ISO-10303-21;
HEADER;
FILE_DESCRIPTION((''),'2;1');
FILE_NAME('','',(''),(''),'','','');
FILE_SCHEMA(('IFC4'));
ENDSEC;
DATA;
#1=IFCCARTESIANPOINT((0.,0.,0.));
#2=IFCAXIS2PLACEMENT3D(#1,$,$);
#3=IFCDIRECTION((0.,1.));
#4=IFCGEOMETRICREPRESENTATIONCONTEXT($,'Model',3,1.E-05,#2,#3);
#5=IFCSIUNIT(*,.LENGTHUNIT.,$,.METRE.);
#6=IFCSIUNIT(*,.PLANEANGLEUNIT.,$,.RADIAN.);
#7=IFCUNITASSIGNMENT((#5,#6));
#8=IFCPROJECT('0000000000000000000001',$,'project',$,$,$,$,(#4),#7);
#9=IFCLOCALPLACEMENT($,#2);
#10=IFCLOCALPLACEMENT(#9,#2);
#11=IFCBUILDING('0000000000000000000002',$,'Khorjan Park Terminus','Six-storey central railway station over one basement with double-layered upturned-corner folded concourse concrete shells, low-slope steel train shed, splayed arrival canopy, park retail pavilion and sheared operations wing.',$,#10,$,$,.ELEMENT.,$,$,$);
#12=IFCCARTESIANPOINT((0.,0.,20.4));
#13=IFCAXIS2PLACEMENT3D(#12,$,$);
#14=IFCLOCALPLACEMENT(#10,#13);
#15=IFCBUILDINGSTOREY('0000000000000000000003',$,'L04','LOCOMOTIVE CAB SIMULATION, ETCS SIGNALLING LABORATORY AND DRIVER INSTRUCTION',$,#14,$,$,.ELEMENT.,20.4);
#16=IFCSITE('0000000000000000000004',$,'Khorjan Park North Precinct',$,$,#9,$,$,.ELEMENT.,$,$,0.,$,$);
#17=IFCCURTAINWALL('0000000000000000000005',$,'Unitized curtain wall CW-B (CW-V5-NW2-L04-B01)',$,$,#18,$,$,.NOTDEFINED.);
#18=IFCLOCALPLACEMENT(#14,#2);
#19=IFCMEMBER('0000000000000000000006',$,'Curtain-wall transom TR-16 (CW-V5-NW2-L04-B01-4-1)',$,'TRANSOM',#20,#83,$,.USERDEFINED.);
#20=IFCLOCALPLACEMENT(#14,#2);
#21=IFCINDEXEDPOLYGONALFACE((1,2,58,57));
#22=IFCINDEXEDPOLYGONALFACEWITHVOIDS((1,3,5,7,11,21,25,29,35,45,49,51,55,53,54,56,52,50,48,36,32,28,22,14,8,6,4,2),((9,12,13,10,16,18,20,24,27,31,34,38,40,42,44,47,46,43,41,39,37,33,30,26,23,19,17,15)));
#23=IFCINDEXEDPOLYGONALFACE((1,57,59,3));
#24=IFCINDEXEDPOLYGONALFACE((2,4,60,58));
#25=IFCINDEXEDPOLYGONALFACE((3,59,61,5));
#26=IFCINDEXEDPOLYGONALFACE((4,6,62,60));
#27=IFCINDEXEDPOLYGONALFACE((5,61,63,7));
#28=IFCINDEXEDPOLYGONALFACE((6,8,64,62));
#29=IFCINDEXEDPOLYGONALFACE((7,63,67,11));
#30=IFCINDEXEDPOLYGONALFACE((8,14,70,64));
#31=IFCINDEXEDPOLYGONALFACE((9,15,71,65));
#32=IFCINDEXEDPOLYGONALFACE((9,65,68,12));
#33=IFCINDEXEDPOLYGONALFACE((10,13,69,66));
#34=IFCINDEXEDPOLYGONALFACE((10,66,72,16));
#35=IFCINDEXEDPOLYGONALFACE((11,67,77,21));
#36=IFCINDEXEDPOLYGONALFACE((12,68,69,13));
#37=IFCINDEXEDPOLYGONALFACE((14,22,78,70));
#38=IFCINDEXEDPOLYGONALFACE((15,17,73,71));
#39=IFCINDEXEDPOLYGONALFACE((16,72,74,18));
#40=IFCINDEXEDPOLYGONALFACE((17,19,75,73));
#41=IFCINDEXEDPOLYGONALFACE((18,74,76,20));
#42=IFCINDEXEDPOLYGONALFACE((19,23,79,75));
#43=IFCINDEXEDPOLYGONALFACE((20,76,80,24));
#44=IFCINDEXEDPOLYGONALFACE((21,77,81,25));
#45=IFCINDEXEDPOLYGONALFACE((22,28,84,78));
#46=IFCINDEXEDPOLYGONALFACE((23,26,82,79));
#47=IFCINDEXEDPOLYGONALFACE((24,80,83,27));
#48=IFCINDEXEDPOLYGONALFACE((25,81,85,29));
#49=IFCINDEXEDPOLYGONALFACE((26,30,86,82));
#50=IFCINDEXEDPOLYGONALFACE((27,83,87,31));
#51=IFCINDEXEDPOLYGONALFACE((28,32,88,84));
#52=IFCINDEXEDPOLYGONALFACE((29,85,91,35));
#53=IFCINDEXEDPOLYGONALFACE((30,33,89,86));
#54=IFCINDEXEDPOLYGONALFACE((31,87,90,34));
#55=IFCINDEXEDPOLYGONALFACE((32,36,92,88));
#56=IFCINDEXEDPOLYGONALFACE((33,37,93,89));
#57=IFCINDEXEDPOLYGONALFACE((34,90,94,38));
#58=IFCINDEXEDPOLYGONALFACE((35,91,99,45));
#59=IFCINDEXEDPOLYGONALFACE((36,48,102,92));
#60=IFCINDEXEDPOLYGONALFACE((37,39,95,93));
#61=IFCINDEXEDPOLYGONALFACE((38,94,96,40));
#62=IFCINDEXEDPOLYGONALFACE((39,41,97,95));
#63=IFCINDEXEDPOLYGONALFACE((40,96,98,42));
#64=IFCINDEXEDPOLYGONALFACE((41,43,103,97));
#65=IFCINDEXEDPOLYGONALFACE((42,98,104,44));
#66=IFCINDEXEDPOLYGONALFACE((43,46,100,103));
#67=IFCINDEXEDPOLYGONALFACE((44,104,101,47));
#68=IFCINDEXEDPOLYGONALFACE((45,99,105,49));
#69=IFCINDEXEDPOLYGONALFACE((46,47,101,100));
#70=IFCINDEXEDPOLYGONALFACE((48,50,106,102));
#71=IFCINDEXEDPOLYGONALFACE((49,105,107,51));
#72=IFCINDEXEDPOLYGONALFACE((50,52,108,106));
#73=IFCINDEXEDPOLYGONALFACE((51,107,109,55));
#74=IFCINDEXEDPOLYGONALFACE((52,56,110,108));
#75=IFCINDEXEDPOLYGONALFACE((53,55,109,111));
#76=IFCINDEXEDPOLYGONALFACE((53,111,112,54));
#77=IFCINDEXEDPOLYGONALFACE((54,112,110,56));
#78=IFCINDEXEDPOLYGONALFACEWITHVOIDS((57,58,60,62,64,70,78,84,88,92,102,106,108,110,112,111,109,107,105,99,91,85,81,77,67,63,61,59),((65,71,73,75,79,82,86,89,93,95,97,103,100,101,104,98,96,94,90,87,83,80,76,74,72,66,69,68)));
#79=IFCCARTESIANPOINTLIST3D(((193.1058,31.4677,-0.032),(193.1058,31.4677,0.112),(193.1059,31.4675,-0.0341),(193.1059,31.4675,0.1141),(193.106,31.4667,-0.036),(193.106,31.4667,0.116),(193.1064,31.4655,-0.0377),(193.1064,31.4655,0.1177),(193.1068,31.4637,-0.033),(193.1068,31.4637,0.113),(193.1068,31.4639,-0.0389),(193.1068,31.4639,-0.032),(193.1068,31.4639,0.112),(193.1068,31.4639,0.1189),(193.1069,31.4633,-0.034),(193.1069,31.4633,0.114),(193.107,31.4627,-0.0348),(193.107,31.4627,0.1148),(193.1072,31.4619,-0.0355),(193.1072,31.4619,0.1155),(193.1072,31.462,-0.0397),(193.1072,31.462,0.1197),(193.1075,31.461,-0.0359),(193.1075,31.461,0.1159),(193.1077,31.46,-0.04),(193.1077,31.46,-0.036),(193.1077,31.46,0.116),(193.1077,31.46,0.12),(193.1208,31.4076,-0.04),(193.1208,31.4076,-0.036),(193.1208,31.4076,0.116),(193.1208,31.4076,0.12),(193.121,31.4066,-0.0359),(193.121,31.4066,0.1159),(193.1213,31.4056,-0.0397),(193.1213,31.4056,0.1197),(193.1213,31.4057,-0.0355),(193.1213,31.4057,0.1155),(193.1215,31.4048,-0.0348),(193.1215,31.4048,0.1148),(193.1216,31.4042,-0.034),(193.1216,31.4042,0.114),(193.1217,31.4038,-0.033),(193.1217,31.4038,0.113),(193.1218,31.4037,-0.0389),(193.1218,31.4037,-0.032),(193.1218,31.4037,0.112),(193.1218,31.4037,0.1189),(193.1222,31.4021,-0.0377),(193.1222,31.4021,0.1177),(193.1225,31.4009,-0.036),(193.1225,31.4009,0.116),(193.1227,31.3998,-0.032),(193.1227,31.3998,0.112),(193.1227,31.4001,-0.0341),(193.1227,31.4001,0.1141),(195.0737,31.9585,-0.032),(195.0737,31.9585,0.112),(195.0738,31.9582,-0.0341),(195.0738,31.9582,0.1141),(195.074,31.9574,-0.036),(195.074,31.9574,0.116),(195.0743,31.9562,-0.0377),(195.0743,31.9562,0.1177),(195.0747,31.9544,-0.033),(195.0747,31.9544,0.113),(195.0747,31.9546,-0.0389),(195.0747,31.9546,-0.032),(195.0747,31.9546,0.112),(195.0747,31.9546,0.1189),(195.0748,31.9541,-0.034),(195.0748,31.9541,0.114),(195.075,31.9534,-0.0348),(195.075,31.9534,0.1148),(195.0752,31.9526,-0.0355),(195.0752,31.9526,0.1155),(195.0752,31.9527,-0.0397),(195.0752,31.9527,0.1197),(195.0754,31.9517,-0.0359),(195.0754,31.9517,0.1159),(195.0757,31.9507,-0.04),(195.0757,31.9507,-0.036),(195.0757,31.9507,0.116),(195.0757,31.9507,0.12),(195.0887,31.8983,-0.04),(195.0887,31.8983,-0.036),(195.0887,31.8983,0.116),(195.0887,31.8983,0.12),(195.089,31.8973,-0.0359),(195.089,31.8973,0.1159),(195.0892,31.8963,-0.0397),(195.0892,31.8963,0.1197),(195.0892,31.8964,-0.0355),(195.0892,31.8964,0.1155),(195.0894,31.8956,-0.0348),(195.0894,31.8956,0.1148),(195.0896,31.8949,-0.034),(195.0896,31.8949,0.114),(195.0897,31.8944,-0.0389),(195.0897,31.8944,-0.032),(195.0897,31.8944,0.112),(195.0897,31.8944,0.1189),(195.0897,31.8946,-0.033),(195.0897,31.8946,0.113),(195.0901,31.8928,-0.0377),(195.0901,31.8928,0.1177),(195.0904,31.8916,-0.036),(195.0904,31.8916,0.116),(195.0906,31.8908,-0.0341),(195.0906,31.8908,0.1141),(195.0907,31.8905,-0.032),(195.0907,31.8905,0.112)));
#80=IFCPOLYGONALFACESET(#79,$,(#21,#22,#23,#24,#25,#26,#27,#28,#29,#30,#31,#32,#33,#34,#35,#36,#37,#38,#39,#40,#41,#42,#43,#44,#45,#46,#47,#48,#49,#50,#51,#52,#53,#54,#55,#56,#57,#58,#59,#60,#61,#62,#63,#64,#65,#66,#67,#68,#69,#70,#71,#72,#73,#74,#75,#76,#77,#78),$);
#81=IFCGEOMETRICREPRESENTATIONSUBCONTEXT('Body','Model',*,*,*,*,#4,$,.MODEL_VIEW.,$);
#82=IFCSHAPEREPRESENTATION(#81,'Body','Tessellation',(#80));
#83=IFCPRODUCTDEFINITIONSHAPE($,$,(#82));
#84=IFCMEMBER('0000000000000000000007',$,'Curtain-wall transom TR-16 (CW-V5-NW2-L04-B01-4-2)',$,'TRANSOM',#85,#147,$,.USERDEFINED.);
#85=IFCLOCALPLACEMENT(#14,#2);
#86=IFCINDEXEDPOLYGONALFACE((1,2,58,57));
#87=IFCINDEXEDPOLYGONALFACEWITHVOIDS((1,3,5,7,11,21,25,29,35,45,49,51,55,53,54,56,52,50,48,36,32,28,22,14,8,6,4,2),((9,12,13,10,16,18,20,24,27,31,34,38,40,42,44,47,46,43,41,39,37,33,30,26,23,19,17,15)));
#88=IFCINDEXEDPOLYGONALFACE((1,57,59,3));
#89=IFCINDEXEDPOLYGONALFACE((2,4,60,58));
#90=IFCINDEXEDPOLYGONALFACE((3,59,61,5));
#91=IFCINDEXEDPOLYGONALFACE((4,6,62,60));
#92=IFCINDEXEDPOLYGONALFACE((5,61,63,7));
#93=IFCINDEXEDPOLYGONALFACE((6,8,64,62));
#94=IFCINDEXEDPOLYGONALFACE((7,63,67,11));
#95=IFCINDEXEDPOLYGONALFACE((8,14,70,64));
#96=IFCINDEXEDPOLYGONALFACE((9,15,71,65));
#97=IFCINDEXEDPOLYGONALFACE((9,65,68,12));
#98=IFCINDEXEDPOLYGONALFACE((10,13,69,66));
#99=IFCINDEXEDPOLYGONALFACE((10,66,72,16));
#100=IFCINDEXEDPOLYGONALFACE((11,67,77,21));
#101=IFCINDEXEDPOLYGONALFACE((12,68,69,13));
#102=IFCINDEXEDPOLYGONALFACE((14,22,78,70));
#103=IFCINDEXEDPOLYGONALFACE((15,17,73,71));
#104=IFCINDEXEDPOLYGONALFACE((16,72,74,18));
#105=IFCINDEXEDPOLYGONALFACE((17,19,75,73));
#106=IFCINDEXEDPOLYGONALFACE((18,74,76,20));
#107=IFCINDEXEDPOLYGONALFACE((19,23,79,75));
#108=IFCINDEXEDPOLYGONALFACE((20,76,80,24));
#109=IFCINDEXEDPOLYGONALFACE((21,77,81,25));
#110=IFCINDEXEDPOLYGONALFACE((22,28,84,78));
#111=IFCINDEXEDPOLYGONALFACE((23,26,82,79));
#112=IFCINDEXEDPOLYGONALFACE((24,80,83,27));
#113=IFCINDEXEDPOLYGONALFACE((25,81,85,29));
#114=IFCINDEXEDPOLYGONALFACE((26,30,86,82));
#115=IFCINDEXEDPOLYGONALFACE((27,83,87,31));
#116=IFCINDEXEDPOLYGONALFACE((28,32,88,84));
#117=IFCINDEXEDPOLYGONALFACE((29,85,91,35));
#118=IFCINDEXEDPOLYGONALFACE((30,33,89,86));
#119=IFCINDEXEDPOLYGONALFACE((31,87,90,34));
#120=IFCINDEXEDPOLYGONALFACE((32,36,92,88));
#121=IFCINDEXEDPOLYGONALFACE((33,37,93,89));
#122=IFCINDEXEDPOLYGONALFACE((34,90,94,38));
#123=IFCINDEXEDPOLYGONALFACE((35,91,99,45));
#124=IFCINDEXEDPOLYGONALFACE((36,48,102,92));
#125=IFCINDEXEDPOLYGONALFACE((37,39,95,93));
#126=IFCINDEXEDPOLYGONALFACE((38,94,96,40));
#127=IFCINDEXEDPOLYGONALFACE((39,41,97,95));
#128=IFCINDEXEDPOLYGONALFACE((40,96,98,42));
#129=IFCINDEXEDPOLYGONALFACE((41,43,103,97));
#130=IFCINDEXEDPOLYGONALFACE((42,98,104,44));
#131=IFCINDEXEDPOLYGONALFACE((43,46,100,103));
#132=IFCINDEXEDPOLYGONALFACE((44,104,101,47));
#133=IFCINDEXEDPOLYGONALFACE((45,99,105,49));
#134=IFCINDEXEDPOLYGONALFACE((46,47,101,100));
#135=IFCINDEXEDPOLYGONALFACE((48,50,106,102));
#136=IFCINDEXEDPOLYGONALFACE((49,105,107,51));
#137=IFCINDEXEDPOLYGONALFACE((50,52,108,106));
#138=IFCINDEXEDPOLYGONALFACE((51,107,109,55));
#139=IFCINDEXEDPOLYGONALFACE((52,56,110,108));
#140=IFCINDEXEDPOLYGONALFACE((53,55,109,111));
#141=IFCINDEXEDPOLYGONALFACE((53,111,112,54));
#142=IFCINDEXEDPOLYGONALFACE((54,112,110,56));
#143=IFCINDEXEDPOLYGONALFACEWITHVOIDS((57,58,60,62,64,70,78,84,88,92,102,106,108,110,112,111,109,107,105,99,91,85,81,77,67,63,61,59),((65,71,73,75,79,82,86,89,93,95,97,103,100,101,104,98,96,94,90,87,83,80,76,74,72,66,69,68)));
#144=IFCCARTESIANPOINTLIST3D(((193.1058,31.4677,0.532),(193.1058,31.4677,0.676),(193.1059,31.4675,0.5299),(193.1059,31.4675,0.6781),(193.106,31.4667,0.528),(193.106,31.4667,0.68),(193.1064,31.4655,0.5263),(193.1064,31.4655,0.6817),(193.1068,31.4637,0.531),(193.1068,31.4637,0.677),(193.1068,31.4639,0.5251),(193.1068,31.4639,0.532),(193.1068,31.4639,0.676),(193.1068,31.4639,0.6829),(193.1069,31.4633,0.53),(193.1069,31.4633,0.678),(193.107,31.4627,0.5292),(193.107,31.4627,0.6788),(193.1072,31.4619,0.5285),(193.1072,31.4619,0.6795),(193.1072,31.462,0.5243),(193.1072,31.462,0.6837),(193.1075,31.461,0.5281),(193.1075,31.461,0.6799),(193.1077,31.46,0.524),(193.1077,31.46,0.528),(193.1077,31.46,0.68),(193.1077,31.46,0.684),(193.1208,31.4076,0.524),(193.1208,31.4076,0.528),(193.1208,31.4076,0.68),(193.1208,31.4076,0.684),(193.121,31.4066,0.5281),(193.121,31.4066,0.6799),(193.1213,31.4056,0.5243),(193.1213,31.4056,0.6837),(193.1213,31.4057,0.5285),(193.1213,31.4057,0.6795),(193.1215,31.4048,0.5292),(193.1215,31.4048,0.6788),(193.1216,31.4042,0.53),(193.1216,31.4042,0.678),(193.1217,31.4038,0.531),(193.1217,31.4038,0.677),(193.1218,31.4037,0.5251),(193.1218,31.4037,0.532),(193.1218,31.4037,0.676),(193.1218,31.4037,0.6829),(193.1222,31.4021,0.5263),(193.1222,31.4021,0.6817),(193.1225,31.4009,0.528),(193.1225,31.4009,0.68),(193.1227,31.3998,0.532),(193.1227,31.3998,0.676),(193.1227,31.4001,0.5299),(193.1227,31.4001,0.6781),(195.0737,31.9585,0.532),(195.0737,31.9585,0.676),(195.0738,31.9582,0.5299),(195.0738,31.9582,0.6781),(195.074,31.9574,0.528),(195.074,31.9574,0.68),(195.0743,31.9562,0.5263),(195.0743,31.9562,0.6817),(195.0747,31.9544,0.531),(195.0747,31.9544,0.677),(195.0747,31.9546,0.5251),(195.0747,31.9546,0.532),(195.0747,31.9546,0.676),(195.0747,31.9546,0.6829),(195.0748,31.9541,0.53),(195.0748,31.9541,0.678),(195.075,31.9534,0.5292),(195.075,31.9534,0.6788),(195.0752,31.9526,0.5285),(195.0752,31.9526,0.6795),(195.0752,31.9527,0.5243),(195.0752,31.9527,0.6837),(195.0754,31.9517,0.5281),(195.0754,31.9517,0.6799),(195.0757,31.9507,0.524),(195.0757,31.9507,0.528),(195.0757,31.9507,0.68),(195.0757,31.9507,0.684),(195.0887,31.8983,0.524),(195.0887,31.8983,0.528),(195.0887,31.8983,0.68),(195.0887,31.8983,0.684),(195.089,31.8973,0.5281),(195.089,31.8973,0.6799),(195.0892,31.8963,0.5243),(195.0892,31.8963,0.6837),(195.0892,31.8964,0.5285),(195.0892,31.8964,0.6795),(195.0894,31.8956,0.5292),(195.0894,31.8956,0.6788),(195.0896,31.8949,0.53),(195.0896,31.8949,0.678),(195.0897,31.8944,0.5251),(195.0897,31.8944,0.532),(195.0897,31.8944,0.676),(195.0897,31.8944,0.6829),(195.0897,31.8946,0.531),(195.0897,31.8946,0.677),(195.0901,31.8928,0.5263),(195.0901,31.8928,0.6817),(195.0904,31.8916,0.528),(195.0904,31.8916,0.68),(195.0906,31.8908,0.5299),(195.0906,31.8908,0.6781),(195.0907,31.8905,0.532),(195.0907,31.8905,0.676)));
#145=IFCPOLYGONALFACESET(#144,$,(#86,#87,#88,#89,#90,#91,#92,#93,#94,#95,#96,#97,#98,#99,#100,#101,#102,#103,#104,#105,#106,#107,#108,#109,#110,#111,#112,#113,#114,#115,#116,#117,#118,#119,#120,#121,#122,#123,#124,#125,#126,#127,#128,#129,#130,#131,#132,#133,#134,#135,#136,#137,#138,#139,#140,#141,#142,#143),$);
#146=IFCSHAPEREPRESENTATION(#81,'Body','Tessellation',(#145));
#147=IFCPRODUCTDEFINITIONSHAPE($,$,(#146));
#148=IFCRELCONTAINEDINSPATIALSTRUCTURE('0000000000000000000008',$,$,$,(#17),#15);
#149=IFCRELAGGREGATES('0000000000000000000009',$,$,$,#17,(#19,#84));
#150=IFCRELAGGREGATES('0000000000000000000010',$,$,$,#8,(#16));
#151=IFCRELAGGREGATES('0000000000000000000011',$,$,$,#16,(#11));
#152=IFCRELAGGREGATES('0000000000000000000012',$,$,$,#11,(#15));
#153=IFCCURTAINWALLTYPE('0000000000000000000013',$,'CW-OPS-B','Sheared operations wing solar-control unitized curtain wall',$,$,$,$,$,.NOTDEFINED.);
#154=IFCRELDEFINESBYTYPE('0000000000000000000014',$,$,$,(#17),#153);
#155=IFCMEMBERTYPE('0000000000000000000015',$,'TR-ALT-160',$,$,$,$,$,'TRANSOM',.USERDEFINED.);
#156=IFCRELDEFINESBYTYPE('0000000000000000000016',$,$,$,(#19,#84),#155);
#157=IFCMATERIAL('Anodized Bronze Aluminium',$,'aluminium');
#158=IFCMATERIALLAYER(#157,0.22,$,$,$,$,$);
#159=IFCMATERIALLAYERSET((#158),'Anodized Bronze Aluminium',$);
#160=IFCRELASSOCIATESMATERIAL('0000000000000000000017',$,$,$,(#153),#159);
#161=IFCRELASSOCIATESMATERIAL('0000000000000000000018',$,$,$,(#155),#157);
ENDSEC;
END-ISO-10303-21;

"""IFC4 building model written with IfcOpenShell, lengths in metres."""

from ifc_helpers import new_model, si_unit, direction, frame, origin, origin_2d, place, context, subcontext, project, spatial, hollow_rectangle, extrude, material, layer, layer_set, material_profile, profile_set, type_object, element, aggregate, save


model = new_model("IFC4")

# Units and contexts
model_context = context("Model", 3, precision=1e-05, world=origin(), true_north=direction((0.0, 1.0)))
body_context = subcontext(model_context, "Body", "Model", "MODEL_VIEW")
ifc_project = project(units=[si_unit("LENGTHUNIT", "METRE"), si_unit("PLANEANGLEUNIT", "RADIAN")], contexts=[model_context])

# Site, building, storey
site_placement = place(None, origin())
site = spatial("IfcSite", under=ifc_project, at=site_placement, Name="Khorjan Park North Precinct", CompositionType="ELEMENT", RefElevation=0.0)
building_placement = place(site_placement, origin())
building = spatial("IfcBuilding", under=site, at=building_placement, Name="Khorjan Park Terminus", Description="Six-storey central railway station over one basement with double-layered upturned-corner folded concourse concrete shells, low-slope steel train shed, splayed arrival canopy, park retail pavilion and sheared operations wing.", CompositionType="ELEMENT")
storey_placement = place(building_placement, frame((0.0, 0.0, 20.4)))
storey = spatial("IfcBuildingStorey", under=building, at=storey_placement, Name="L04", Description="LOCOMOTIVE CAB SIMULATION, ETCS SIGNALLING LABORATORY AND DRIVER INSTRUCTION", CompositionType="ELEMENT", Elevation=20.4)

# Curtain wall, members
ifc_material_1 = material(Name="Anodized Bronze Aluminium", Category="aluminium")
ifc_layer_1 = layer(ifc_material_1, 0.22)
ifc_layer_set_1 = layer_set([ifc_layer_1], Name="Anodized Bronze Aluminium")
curtain_wall_type = type_object("IfcCurtainWallType", Name="CW-OPS-B", Description="Sheared operations wing solar-control unitized curtain wall", PredefinedType="NOTDEFINED", material=ifc_layer_set_1)
curtain_wall_placement = place(storey_placement, origin())
curtain_wall = element("IfcCurtainWall", 1, at=curtain_wall_placement, inside=storey, type_object=curtain_wall_type, Name="Unitized curtain wall CW-B (CW-V5-NW2-L04-B01)", PredefinedType="NOTDEFINED")
ifc_material_profile_1 = material_profile(ifc_material_1, hollow_rectangle(XDim=0.07, YDim=0.16, WallThickness=0.004, InnerFilletRadius=0.004, OuterFilletRadius=0.008, at=origin_2d()), Name="ALT 70x160x4")
ifc_profile_set_1 = profile_set([ifc_material_profile_1], Name="Anodized Bronze Aluminium")
member_type_1 = type_object("IfcMemberType", Name="TR-ALT-160", ElementType="TRANSOM", PredefinedType="USERDEFINED", material=ifc_profile_set_1)
member_1_placement = place(storey_placement, frame((195.0822, 31.9245, 0.04), z_axis=(-0.97029, -0.241944, 0.0), x_axis=(0.241944, -0.97029, 0.0)))
member_1 = element("IfcMember", 2, at=member_1_placement, type_object=member_type_1, Name="Curtain-wall transom TR-16 (CW-V5-NW2-L04-B01-4-1)", ObjectType="TRANSOM", PredefinedType="USERDEFINED", context=body_context, shape_type="SweptSolid", body=[
    extrude(hollow_rectangle(XDim=0.07, YDim=0.16, WallThickness=0.004, InnerFilletRadius=0.004, OuterFilletRadius=0.008, at=origin_2d()), origin(), (0.0, 0.0, 1.0), 2.0282),
])
member_2_placement = place(storey_placement, frame((195.0822, 31.9245, 0.604), z_axis=(-0.97029, -0.241944, 0.0), x_axis=(0.241944, -0.97029, 0.0)))
member_2 = element("IfcMember", 3, at=member_2_placement, type_object=member_type_1, Name="Curtain-wall transom TR-16 (CW-V5-NW2-L04-B01-4-2)", ObjectType="TRANSOM", PredefinedType="USERDEFINED", context=body_context, shape_type="SweptSolid", body=[
    extrude(hollow_rectangle(XDim=0.07, YDim=0.16, WallThickness=0.004, InnerFilletRadius=0.004, OuterFilletRadius=0.008, at=origin_2d()), origin(), (0.0, 0.0, 1.0), 2.0282),
])
aggregate(curtain_wall, [member_1, member_2])

save(model, "model.ifc")
